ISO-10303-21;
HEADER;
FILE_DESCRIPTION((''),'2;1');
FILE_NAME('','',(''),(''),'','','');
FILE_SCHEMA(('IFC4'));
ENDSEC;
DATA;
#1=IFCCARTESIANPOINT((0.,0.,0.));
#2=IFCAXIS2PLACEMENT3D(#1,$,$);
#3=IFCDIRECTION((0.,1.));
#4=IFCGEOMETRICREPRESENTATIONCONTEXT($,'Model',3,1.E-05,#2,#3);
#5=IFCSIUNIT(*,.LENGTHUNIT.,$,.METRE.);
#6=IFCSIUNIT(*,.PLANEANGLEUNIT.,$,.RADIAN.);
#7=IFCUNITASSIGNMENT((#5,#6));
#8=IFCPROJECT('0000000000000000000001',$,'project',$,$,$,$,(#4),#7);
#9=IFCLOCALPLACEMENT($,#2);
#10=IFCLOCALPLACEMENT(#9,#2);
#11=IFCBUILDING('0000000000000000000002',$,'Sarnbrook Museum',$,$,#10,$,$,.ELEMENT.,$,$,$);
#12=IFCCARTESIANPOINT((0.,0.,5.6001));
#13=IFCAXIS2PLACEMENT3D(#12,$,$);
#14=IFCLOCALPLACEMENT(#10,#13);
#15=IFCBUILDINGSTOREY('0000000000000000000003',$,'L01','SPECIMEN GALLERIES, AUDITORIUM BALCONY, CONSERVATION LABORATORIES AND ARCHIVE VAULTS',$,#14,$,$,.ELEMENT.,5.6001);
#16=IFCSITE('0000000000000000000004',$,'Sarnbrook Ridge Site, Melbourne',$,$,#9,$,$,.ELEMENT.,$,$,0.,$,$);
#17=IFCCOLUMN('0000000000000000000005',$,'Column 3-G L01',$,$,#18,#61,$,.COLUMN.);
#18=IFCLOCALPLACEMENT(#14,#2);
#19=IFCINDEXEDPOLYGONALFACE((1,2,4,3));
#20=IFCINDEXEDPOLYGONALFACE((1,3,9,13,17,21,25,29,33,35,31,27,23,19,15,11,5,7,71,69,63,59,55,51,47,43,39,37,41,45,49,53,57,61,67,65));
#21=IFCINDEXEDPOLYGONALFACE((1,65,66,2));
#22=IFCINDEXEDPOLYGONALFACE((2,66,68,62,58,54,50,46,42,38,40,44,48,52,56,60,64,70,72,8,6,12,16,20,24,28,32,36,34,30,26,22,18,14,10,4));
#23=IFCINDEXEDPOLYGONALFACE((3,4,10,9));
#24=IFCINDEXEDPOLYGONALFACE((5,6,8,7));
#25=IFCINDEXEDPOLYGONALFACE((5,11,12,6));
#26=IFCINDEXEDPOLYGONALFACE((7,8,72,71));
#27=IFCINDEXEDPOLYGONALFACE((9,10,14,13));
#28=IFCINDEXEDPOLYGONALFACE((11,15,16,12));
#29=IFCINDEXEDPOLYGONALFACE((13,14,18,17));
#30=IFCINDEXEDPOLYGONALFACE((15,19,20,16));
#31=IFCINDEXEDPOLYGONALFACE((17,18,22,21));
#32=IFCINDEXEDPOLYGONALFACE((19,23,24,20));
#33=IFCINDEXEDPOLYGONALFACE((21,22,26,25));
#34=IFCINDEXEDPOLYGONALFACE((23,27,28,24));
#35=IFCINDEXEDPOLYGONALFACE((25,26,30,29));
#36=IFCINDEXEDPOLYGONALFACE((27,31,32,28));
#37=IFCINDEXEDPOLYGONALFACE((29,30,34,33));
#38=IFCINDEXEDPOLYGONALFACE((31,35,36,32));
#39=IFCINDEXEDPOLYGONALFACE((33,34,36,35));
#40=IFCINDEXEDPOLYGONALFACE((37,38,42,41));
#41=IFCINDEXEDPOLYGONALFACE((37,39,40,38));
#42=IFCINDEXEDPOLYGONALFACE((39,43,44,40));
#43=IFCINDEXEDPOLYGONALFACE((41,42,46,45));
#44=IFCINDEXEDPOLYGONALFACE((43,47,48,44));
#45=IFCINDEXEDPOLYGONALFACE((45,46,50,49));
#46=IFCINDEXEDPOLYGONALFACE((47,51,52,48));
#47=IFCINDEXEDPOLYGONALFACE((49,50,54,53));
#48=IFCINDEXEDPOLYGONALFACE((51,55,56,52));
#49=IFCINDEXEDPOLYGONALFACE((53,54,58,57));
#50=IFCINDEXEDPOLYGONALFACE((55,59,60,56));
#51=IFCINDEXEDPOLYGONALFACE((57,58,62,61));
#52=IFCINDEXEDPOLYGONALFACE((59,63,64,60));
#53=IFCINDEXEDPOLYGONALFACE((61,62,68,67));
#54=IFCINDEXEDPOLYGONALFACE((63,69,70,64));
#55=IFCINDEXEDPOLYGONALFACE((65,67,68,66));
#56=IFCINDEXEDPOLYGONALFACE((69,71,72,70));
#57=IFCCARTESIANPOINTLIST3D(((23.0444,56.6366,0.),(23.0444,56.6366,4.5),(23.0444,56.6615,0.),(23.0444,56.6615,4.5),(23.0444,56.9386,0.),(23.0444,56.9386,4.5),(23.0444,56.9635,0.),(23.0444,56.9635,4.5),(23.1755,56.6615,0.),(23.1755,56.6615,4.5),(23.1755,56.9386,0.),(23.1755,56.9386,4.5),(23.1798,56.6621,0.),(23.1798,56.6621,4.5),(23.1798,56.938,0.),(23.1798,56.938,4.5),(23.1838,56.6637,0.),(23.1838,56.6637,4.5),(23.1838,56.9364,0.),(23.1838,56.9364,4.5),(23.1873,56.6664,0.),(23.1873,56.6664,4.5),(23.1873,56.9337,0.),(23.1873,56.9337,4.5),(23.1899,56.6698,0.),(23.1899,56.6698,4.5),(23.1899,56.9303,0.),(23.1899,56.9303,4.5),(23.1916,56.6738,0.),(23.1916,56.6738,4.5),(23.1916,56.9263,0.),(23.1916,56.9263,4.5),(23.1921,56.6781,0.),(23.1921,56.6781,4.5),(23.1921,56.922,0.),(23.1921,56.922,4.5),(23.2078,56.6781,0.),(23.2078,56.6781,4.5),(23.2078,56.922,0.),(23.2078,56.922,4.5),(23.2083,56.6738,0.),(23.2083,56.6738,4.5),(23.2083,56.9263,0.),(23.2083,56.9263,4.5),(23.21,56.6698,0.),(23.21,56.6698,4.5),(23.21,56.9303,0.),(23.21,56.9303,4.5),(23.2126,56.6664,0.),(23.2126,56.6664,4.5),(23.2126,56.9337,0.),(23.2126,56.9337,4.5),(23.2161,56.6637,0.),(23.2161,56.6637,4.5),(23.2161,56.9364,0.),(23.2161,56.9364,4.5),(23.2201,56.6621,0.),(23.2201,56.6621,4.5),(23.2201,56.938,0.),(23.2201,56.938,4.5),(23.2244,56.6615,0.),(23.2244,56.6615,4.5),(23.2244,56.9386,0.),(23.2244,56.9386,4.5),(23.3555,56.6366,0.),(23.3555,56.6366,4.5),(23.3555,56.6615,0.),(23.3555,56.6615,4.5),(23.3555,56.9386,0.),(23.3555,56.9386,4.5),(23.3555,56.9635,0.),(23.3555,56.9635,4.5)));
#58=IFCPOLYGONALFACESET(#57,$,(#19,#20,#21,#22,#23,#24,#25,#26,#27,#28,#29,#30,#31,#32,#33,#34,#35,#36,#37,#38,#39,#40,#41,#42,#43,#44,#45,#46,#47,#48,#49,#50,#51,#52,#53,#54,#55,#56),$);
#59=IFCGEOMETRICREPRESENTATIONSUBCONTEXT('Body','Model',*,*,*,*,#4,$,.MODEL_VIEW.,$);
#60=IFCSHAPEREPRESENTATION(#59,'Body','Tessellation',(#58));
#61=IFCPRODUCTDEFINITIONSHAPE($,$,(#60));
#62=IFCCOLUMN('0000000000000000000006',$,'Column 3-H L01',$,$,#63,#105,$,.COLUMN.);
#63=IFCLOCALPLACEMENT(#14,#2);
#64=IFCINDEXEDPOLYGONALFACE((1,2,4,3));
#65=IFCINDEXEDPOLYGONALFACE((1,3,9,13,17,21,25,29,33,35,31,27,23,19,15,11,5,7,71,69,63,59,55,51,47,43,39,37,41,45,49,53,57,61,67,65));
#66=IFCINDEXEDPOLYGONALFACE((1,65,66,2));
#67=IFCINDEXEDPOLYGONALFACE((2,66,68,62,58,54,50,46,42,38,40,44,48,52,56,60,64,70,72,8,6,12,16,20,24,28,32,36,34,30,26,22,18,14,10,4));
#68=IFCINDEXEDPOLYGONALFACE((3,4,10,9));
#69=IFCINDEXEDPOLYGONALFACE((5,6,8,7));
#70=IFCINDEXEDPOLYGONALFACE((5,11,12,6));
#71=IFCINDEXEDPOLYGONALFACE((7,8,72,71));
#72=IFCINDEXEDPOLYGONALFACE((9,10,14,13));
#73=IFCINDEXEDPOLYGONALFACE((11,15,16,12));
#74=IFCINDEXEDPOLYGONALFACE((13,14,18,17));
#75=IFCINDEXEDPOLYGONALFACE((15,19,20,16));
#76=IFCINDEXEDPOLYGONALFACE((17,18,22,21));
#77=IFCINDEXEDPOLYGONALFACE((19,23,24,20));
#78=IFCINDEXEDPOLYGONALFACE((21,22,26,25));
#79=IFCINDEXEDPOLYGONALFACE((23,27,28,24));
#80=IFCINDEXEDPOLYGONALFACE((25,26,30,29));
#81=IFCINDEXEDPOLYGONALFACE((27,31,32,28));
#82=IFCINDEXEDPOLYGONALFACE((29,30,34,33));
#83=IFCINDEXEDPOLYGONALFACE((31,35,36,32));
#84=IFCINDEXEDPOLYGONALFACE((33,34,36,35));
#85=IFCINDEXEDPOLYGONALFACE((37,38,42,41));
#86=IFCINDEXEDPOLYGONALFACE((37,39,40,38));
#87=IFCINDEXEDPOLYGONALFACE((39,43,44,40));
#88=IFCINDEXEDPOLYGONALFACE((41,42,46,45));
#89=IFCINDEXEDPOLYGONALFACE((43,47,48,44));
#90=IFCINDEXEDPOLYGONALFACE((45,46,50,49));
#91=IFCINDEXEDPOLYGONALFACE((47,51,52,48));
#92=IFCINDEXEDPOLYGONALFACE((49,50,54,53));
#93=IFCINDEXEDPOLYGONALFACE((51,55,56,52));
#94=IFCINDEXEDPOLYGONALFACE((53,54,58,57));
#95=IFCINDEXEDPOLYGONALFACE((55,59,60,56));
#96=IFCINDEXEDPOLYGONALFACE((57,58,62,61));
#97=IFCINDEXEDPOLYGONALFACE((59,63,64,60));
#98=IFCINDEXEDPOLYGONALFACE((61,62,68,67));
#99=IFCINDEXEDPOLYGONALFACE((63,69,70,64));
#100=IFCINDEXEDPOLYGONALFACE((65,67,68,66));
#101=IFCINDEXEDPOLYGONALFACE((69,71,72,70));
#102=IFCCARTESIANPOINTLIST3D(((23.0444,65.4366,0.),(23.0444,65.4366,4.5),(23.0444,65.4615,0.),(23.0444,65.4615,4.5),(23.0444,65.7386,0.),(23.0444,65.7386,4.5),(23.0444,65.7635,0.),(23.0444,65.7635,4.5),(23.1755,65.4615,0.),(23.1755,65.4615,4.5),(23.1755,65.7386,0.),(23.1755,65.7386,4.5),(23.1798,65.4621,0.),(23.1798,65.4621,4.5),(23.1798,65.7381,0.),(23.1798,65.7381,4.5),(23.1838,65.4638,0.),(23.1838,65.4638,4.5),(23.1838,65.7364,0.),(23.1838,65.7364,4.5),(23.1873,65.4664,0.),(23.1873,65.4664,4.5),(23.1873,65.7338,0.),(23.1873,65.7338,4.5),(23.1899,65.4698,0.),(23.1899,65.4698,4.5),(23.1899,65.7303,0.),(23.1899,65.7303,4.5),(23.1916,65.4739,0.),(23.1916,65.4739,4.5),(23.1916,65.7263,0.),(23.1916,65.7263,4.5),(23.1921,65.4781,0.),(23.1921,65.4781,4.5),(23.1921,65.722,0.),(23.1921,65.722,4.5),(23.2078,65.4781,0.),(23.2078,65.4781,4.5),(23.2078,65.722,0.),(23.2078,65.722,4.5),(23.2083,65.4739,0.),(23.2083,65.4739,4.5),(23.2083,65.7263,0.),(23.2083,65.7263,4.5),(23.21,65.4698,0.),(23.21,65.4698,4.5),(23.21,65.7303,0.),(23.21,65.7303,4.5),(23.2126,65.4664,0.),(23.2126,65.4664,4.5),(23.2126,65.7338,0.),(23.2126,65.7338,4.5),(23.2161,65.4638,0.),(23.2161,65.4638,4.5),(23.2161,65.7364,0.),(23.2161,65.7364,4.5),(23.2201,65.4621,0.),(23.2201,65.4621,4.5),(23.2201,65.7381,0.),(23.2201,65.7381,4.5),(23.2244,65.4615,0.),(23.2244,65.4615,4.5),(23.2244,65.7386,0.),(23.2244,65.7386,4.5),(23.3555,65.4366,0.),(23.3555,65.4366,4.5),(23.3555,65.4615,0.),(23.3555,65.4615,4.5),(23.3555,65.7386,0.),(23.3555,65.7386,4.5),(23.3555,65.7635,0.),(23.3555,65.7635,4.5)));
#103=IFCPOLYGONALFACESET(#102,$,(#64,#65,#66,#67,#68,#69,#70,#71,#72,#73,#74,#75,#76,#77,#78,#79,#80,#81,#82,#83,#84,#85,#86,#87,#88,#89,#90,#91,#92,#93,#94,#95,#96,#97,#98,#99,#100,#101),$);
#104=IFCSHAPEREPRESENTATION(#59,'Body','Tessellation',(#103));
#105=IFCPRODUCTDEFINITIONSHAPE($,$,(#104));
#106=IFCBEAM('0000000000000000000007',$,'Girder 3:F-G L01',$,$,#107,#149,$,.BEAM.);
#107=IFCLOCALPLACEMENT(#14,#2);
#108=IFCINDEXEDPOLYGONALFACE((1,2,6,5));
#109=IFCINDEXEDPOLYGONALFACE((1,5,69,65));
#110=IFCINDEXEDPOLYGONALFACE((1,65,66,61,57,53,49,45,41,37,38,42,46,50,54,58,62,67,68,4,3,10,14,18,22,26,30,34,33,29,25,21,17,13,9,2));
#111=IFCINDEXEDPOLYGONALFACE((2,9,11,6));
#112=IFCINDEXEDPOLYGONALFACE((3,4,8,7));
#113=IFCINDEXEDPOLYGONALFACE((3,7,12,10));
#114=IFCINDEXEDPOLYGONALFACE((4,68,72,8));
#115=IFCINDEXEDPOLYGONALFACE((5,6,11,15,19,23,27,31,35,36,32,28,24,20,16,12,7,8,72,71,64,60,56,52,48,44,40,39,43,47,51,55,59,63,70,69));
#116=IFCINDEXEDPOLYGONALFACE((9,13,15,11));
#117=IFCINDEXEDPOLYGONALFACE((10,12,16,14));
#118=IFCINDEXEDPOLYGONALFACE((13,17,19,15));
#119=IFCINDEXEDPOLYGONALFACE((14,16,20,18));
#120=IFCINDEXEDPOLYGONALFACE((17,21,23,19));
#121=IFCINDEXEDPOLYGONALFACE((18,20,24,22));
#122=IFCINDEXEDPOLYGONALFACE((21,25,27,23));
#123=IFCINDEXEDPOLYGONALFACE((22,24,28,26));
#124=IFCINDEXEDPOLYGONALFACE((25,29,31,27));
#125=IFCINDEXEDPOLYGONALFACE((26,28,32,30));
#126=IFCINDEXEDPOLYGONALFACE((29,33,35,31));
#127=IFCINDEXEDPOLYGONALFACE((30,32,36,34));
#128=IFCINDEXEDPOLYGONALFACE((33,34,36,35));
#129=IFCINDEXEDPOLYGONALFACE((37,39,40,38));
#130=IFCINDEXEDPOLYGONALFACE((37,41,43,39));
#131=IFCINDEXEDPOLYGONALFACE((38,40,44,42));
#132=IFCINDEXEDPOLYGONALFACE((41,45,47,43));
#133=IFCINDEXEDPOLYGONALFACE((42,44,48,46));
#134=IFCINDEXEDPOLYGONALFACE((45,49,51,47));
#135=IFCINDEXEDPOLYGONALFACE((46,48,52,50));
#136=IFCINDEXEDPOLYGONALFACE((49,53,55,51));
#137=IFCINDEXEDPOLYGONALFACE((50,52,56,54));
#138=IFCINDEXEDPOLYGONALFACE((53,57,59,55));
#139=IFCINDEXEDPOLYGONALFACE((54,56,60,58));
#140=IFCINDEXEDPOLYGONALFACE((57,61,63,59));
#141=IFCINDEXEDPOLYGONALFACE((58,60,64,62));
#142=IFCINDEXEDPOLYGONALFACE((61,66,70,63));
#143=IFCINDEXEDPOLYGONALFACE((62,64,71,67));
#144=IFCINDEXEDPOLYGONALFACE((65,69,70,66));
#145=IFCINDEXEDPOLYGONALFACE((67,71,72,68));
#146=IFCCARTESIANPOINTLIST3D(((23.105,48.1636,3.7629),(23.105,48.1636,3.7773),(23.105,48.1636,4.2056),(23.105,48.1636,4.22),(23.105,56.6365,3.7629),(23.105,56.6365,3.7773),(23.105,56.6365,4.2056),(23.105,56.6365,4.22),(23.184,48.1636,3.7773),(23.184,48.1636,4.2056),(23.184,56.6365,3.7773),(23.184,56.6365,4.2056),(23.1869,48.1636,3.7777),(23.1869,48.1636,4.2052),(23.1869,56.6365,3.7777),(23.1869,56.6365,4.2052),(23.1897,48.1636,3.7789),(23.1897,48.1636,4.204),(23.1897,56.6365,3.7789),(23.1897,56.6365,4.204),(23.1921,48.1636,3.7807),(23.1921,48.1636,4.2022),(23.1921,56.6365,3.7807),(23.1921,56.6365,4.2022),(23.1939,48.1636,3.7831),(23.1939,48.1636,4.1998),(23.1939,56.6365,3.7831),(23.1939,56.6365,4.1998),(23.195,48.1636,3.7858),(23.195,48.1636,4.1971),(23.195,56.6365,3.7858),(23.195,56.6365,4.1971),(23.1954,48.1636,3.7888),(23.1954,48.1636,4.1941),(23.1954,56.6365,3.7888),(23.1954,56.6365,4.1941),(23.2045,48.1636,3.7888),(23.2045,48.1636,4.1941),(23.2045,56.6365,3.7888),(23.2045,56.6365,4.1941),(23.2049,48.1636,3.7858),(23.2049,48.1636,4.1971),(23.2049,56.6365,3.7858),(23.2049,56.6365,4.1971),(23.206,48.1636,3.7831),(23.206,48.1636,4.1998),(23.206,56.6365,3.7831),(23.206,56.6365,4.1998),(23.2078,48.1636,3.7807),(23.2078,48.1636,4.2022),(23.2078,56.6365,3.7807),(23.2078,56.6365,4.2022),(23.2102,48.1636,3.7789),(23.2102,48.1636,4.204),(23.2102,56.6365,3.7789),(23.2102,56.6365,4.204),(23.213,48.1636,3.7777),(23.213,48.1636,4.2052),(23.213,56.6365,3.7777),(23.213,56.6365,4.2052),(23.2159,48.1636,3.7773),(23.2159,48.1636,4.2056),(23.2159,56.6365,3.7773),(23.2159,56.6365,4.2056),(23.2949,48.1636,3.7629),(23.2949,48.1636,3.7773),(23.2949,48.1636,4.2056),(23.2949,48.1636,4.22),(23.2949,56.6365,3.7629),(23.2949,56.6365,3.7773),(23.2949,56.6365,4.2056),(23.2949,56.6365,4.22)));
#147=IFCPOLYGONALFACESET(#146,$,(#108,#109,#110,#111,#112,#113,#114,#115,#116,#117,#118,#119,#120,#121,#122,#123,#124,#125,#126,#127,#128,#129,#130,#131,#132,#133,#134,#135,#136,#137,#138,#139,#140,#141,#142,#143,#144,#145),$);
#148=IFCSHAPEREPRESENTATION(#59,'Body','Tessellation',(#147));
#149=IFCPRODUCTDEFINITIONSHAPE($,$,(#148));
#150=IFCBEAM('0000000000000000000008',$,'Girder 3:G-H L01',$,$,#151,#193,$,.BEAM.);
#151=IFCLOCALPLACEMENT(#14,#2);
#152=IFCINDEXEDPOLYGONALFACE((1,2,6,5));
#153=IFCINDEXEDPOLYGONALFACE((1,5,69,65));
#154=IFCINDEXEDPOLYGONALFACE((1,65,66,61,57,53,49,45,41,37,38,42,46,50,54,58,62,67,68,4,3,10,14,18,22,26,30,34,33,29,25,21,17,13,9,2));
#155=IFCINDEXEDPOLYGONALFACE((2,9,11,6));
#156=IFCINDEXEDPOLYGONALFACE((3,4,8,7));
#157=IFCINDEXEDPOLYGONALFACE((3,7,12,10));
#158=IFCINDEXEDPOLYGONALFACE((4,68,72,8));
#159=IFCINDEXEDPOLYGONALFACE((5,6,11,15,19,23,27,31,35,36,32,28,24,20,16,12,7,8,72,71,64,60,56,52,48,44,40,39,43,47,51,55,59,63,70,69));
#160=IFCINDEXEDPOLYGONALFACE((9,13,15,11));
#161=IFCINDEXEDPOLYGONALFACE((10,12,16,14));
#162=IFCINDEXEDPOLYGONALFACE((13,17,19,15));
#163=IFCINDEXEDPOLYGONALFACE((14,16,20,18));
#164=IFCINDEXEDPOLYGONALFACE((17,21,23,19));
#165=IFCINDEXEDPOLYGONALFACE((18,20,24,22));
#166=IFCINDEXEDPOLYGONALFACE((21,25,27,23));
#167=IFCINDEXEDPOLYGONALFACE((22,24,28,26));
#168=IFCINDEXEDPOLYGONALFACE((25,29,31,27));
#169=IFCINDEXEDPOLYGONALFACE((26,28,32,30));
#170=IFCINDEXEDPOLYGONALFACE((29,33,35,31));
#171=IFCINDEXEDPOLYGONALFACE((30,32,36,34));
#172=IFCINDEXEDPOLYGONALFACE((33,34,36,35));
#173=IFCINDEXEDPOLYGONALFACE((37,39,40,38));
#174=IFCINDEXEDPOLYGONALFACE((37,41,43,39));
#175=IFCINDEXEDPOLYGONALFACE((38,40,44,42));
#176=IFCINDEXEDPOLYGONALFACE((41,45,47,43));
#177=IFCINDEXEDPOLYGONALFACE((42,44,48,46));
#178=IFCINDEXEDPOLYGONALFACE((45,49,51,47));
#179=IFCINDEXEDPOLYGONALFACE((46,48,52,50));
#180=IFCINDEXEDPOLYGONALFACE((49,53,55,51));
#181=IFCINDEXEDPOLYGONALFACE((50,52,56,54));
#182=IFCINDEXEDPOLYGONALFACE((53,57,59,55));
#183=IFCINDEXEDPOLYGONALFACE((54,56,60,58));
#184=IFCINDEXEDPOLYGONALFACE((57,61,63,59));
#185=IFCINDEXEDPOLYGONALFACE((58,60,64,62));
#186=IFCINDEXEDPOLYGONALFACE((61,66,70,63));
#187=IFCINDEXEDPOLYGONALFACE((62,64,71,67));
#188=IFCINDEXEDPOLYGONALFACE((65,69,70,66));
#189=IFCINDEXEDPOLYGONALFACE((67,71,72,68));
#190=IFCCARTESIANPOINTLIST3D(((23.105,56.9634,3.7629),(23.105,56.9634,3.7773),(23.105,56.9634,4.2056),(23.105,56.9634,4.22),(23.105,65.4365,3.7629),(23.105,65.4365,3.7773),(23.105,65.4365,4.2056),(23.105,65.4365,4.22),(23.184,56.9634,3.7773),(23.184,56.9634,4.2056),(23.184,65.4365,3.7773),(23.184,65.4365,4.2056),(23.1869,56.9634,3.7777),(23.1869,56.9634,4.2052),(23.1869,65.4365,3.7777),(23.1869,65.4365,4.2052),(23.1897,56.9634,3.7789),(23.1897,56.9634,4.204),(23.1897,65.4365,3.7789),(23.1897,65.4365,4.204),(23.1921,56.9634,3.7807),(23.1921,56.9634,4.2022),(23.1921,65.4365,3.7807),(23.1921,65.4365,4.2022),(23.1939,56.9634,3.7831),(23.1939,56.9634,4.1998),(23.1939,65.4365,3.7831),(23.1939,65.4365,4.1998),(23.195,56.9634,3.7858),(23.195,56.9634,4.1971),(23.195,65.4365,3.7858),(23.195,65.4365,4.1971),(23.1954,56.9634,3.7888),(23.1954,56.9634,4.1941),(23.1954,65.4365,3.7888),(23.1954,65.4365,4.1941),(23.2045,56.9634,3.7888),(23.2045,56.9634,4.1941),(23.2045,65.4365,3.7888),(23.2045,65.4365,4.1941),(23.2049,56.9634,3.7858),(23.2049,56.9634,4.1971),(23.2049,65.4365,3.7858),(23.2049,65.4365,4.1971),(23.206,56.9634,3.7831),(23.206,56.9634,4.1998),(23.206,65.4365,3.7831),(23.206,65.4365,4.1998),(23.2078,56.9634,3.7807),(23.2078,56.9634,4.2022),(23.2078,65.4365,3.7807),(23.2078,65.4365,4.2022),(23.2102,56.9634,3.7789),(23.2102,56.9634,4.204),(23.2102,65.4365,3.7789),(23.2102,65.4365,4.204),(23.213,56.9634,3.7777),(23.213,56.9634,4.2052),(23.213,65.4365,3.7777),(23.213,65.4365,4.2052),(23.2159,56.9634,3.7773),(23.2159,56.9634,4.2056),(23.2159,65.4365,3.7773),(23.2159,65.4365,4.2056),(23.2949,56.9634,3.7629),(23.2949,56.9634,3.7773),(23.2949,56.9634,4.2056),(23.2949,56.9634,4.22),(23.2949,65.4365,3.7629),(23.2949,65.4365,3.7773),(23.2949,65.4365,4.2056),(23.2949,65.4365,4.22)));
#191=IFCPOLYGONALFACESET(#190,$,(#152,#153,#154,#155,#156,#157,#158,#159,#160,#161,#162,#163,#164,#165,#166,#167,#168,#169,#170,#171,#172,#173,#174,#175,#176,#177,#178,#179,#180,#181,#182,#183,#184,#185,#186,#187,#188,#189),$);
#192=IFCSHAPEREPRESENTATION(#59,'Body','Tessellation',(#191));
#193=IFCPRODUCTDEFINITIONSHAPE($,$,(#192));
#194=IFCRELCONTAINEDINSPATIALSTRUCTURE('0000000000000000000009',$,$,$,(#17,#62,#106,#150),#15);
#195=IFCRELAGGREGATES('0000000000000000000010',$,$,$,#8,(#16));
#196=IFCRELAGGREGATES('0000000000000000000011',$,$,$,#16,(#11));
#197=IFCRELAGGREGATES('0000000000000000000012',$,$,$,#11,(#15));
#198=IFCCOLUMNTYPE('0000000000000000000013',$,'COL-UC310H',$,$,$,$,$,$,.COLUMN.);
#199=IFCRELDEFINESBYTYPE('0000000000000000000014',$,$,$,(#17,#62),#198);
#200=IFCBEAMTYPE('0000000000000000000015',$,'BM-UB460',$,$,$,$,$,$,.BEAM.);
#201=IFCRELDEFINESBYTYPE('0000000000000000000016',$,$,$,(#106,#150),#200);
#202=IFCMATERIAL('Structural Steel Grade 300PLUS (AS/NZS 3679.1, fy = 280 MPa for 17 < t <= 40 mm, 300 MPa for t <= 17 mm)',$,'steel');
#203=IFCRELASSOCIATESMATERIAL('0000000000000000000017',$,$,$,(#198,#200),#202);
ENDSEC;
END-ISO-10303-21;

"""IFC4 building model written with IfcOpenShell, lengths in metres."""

from ifc_helpers import new_model, si_unit, direction, frame, origin, origin_2d, place, context, subcontext, project, spatial, i_section, extrude, material, material_profile, profile_set, type_object, element, save


model = new_model("IFC4")

# Units and contexts
model_context = context("Model", 3, precision=1e-05, world=origin(), true_north=direction((0.0, 1.0)))
body_context = subcontext(model_context, "Body", "Model", "MODEL_VIEW")
ifc_project = project(units=[si_unit("LENGTHUNIT", "METRE"), si_unit("PLANEANGLEUNIT", "RADIAN")], contexts=[model_context])

# Site, building, storey
site_placement = place(None, origin())
site = spatial("IfcSite", under=ifc_project, at=site_placement, Name="Sarnbrook Ridge Site, Melbourne", CompositionType="ELEMENT", RefElevation=0.0)
building_placement = place(site_placement, origin())
building = spatial("IfcBuilding", under=site, at=building_placement, Name="Sarnbrook Museum", CompositionType="ELEMENT")
storey_placement = place(building_placement, frame((0.0, 0.0, 5.6001)))
storey = spatial("IfcBuildingStorey", under=building, at=storey_placement, Name="L01", Description="SPECIMEN GALLERIES, AUDITORIUM BALCONY, CONSERVATION LABORATORIES AND ARCHIVE VAULTS", CompositionType="ELEMENT", Elevation=5.6001)

# Columns
ifc_material_1 = material(Name="Structural Steel Grade 300PLUS (AS/NZS 3679.1, fy = 280 MPa for 17 < t <= 40 mm, 300 MPa for t <= 17 mm)", Category="steel")
ifc_material_profile_1 = material_profile(ifc_material_1, i_section(OverallWidth=0.311, OverallDepth=0.3269, WebThickness=0.0156, FlangeThickness=0.0249, FilletRadius=0.0166, at=origin_2d()), Name="310UC158")
ifc_profile_set_1 = profile_set([ifc_material_profile_1], Name="Structural Steel Grade 300PLUS (AS/NZS 3679.1, fy = 280 MPa for 17 < t <= 40 mm, 300 MPa for t <= 17 mm)")
column_type = type_object("IfcColumnType", Name="COL-UC310H", PredefinedType="COLUMN", material=ifc_profile_set_1)
for number, where, z_axis, x_axis, name in (
    (1, (23.2, 56.8, 0.0), (0.0, 0.0, 1.0), (1.0, 0.0, 0.0), "Column 3-G L01"),
    (2, (23.2, 65.6001, 0.0), (0.0, 0.0, 1.0), (1.0, 0.0, 0.0), "Column 3-H L01"),
):
    element("IfcColumn", number, at=place(storey_placement, frame(where, z_axis=z_axis, x_axis=x_axis)), inside=storey, type_object=column_type, Name=name, PredefinedType="COLUMN", context=body_context, shape_type="SweptSolid", body=[
        extrude(i_section(OverallWidth=0.311, OverallDepth=0.3269, WebThickness=0.0156, FlangeThickness=0.0249, FilletRadius=0.0166, at=origin_2d()), origin(), (0.0, 0.0, 1.0), 4.5),
    ])

# Beams
ifc_material_profile_2 = material_profile(ifc_material_1, i_section(OverallWidth=0.1899, OverallDepth=0.457, WebThickness=0.009, FlangeThickness=0.0144, FilletRadius=0.0115, at=origin_2d()), Name="460UB74.6")
ifc_profile_set_2 = profile_set([ifc_material_profile_2], Name="Structural Steel Grade 300PLUS (AS/NZS 3679.1, fy = 280 MPa for 17 < t <= 40 mm, 300 MPa for t <= 17 mm)")
beam_type_1 = type_object("IfcBeamType", Name="BM-UB460", PredefinedType="BEAM", material=ifc_profile_set_2)
beam_1_placement = place(storey_placement, frame((23.2, 48.1636, 3.9915), z_axis=(0.0, 1.0, 0.0), x_axis=(-1.0, 0.0, 0.0)))
element("IfcBeam", 3, at=beam_1_placement, inside=storey, type_object=beam_type_1, Name="Girder 3:F-G L01", PredefinedType="BEAM", context=body_context, shape_type="SweptSolid", body=[
    extrude(i_section(OverallWidth=0.1899, OverallDepth=0.457, WebThickness=0.009, FlangeThickness=0.0144, FilletRadius=0.0115, at=origin_2d()), origin(), (0.0, 0.0, 1.0), 8.4729),
])
for number, where, z_axis, x_axis, name in (
    (4, (23.2, 56.9634, 3.9915), (0.0, 1.0, 0.0), (-1.0, 0.0, 0.0), "Girder 3:G-H L01"),
):
    element("IfcBeam", number, at=place(storey_placement, frame(where, z_axis=z_axis, x_axis=x_axis)), inside=storey, type_object=beam_type_1, Name=name, PredefinedType="BEAM", context=body_context, shape_type="SweptSolid", body=[
        extrude(i_section(OverallWidth=0.1899, OverallDepth=0.457, WebThickness=0.009, FlangeThickness=0.0144, FilletRadius=0.0115, at=origin_2d()), origin(), (0.0, 0.0, 1.0), 8.4731),
    ])

save(model, "model.ifc")
